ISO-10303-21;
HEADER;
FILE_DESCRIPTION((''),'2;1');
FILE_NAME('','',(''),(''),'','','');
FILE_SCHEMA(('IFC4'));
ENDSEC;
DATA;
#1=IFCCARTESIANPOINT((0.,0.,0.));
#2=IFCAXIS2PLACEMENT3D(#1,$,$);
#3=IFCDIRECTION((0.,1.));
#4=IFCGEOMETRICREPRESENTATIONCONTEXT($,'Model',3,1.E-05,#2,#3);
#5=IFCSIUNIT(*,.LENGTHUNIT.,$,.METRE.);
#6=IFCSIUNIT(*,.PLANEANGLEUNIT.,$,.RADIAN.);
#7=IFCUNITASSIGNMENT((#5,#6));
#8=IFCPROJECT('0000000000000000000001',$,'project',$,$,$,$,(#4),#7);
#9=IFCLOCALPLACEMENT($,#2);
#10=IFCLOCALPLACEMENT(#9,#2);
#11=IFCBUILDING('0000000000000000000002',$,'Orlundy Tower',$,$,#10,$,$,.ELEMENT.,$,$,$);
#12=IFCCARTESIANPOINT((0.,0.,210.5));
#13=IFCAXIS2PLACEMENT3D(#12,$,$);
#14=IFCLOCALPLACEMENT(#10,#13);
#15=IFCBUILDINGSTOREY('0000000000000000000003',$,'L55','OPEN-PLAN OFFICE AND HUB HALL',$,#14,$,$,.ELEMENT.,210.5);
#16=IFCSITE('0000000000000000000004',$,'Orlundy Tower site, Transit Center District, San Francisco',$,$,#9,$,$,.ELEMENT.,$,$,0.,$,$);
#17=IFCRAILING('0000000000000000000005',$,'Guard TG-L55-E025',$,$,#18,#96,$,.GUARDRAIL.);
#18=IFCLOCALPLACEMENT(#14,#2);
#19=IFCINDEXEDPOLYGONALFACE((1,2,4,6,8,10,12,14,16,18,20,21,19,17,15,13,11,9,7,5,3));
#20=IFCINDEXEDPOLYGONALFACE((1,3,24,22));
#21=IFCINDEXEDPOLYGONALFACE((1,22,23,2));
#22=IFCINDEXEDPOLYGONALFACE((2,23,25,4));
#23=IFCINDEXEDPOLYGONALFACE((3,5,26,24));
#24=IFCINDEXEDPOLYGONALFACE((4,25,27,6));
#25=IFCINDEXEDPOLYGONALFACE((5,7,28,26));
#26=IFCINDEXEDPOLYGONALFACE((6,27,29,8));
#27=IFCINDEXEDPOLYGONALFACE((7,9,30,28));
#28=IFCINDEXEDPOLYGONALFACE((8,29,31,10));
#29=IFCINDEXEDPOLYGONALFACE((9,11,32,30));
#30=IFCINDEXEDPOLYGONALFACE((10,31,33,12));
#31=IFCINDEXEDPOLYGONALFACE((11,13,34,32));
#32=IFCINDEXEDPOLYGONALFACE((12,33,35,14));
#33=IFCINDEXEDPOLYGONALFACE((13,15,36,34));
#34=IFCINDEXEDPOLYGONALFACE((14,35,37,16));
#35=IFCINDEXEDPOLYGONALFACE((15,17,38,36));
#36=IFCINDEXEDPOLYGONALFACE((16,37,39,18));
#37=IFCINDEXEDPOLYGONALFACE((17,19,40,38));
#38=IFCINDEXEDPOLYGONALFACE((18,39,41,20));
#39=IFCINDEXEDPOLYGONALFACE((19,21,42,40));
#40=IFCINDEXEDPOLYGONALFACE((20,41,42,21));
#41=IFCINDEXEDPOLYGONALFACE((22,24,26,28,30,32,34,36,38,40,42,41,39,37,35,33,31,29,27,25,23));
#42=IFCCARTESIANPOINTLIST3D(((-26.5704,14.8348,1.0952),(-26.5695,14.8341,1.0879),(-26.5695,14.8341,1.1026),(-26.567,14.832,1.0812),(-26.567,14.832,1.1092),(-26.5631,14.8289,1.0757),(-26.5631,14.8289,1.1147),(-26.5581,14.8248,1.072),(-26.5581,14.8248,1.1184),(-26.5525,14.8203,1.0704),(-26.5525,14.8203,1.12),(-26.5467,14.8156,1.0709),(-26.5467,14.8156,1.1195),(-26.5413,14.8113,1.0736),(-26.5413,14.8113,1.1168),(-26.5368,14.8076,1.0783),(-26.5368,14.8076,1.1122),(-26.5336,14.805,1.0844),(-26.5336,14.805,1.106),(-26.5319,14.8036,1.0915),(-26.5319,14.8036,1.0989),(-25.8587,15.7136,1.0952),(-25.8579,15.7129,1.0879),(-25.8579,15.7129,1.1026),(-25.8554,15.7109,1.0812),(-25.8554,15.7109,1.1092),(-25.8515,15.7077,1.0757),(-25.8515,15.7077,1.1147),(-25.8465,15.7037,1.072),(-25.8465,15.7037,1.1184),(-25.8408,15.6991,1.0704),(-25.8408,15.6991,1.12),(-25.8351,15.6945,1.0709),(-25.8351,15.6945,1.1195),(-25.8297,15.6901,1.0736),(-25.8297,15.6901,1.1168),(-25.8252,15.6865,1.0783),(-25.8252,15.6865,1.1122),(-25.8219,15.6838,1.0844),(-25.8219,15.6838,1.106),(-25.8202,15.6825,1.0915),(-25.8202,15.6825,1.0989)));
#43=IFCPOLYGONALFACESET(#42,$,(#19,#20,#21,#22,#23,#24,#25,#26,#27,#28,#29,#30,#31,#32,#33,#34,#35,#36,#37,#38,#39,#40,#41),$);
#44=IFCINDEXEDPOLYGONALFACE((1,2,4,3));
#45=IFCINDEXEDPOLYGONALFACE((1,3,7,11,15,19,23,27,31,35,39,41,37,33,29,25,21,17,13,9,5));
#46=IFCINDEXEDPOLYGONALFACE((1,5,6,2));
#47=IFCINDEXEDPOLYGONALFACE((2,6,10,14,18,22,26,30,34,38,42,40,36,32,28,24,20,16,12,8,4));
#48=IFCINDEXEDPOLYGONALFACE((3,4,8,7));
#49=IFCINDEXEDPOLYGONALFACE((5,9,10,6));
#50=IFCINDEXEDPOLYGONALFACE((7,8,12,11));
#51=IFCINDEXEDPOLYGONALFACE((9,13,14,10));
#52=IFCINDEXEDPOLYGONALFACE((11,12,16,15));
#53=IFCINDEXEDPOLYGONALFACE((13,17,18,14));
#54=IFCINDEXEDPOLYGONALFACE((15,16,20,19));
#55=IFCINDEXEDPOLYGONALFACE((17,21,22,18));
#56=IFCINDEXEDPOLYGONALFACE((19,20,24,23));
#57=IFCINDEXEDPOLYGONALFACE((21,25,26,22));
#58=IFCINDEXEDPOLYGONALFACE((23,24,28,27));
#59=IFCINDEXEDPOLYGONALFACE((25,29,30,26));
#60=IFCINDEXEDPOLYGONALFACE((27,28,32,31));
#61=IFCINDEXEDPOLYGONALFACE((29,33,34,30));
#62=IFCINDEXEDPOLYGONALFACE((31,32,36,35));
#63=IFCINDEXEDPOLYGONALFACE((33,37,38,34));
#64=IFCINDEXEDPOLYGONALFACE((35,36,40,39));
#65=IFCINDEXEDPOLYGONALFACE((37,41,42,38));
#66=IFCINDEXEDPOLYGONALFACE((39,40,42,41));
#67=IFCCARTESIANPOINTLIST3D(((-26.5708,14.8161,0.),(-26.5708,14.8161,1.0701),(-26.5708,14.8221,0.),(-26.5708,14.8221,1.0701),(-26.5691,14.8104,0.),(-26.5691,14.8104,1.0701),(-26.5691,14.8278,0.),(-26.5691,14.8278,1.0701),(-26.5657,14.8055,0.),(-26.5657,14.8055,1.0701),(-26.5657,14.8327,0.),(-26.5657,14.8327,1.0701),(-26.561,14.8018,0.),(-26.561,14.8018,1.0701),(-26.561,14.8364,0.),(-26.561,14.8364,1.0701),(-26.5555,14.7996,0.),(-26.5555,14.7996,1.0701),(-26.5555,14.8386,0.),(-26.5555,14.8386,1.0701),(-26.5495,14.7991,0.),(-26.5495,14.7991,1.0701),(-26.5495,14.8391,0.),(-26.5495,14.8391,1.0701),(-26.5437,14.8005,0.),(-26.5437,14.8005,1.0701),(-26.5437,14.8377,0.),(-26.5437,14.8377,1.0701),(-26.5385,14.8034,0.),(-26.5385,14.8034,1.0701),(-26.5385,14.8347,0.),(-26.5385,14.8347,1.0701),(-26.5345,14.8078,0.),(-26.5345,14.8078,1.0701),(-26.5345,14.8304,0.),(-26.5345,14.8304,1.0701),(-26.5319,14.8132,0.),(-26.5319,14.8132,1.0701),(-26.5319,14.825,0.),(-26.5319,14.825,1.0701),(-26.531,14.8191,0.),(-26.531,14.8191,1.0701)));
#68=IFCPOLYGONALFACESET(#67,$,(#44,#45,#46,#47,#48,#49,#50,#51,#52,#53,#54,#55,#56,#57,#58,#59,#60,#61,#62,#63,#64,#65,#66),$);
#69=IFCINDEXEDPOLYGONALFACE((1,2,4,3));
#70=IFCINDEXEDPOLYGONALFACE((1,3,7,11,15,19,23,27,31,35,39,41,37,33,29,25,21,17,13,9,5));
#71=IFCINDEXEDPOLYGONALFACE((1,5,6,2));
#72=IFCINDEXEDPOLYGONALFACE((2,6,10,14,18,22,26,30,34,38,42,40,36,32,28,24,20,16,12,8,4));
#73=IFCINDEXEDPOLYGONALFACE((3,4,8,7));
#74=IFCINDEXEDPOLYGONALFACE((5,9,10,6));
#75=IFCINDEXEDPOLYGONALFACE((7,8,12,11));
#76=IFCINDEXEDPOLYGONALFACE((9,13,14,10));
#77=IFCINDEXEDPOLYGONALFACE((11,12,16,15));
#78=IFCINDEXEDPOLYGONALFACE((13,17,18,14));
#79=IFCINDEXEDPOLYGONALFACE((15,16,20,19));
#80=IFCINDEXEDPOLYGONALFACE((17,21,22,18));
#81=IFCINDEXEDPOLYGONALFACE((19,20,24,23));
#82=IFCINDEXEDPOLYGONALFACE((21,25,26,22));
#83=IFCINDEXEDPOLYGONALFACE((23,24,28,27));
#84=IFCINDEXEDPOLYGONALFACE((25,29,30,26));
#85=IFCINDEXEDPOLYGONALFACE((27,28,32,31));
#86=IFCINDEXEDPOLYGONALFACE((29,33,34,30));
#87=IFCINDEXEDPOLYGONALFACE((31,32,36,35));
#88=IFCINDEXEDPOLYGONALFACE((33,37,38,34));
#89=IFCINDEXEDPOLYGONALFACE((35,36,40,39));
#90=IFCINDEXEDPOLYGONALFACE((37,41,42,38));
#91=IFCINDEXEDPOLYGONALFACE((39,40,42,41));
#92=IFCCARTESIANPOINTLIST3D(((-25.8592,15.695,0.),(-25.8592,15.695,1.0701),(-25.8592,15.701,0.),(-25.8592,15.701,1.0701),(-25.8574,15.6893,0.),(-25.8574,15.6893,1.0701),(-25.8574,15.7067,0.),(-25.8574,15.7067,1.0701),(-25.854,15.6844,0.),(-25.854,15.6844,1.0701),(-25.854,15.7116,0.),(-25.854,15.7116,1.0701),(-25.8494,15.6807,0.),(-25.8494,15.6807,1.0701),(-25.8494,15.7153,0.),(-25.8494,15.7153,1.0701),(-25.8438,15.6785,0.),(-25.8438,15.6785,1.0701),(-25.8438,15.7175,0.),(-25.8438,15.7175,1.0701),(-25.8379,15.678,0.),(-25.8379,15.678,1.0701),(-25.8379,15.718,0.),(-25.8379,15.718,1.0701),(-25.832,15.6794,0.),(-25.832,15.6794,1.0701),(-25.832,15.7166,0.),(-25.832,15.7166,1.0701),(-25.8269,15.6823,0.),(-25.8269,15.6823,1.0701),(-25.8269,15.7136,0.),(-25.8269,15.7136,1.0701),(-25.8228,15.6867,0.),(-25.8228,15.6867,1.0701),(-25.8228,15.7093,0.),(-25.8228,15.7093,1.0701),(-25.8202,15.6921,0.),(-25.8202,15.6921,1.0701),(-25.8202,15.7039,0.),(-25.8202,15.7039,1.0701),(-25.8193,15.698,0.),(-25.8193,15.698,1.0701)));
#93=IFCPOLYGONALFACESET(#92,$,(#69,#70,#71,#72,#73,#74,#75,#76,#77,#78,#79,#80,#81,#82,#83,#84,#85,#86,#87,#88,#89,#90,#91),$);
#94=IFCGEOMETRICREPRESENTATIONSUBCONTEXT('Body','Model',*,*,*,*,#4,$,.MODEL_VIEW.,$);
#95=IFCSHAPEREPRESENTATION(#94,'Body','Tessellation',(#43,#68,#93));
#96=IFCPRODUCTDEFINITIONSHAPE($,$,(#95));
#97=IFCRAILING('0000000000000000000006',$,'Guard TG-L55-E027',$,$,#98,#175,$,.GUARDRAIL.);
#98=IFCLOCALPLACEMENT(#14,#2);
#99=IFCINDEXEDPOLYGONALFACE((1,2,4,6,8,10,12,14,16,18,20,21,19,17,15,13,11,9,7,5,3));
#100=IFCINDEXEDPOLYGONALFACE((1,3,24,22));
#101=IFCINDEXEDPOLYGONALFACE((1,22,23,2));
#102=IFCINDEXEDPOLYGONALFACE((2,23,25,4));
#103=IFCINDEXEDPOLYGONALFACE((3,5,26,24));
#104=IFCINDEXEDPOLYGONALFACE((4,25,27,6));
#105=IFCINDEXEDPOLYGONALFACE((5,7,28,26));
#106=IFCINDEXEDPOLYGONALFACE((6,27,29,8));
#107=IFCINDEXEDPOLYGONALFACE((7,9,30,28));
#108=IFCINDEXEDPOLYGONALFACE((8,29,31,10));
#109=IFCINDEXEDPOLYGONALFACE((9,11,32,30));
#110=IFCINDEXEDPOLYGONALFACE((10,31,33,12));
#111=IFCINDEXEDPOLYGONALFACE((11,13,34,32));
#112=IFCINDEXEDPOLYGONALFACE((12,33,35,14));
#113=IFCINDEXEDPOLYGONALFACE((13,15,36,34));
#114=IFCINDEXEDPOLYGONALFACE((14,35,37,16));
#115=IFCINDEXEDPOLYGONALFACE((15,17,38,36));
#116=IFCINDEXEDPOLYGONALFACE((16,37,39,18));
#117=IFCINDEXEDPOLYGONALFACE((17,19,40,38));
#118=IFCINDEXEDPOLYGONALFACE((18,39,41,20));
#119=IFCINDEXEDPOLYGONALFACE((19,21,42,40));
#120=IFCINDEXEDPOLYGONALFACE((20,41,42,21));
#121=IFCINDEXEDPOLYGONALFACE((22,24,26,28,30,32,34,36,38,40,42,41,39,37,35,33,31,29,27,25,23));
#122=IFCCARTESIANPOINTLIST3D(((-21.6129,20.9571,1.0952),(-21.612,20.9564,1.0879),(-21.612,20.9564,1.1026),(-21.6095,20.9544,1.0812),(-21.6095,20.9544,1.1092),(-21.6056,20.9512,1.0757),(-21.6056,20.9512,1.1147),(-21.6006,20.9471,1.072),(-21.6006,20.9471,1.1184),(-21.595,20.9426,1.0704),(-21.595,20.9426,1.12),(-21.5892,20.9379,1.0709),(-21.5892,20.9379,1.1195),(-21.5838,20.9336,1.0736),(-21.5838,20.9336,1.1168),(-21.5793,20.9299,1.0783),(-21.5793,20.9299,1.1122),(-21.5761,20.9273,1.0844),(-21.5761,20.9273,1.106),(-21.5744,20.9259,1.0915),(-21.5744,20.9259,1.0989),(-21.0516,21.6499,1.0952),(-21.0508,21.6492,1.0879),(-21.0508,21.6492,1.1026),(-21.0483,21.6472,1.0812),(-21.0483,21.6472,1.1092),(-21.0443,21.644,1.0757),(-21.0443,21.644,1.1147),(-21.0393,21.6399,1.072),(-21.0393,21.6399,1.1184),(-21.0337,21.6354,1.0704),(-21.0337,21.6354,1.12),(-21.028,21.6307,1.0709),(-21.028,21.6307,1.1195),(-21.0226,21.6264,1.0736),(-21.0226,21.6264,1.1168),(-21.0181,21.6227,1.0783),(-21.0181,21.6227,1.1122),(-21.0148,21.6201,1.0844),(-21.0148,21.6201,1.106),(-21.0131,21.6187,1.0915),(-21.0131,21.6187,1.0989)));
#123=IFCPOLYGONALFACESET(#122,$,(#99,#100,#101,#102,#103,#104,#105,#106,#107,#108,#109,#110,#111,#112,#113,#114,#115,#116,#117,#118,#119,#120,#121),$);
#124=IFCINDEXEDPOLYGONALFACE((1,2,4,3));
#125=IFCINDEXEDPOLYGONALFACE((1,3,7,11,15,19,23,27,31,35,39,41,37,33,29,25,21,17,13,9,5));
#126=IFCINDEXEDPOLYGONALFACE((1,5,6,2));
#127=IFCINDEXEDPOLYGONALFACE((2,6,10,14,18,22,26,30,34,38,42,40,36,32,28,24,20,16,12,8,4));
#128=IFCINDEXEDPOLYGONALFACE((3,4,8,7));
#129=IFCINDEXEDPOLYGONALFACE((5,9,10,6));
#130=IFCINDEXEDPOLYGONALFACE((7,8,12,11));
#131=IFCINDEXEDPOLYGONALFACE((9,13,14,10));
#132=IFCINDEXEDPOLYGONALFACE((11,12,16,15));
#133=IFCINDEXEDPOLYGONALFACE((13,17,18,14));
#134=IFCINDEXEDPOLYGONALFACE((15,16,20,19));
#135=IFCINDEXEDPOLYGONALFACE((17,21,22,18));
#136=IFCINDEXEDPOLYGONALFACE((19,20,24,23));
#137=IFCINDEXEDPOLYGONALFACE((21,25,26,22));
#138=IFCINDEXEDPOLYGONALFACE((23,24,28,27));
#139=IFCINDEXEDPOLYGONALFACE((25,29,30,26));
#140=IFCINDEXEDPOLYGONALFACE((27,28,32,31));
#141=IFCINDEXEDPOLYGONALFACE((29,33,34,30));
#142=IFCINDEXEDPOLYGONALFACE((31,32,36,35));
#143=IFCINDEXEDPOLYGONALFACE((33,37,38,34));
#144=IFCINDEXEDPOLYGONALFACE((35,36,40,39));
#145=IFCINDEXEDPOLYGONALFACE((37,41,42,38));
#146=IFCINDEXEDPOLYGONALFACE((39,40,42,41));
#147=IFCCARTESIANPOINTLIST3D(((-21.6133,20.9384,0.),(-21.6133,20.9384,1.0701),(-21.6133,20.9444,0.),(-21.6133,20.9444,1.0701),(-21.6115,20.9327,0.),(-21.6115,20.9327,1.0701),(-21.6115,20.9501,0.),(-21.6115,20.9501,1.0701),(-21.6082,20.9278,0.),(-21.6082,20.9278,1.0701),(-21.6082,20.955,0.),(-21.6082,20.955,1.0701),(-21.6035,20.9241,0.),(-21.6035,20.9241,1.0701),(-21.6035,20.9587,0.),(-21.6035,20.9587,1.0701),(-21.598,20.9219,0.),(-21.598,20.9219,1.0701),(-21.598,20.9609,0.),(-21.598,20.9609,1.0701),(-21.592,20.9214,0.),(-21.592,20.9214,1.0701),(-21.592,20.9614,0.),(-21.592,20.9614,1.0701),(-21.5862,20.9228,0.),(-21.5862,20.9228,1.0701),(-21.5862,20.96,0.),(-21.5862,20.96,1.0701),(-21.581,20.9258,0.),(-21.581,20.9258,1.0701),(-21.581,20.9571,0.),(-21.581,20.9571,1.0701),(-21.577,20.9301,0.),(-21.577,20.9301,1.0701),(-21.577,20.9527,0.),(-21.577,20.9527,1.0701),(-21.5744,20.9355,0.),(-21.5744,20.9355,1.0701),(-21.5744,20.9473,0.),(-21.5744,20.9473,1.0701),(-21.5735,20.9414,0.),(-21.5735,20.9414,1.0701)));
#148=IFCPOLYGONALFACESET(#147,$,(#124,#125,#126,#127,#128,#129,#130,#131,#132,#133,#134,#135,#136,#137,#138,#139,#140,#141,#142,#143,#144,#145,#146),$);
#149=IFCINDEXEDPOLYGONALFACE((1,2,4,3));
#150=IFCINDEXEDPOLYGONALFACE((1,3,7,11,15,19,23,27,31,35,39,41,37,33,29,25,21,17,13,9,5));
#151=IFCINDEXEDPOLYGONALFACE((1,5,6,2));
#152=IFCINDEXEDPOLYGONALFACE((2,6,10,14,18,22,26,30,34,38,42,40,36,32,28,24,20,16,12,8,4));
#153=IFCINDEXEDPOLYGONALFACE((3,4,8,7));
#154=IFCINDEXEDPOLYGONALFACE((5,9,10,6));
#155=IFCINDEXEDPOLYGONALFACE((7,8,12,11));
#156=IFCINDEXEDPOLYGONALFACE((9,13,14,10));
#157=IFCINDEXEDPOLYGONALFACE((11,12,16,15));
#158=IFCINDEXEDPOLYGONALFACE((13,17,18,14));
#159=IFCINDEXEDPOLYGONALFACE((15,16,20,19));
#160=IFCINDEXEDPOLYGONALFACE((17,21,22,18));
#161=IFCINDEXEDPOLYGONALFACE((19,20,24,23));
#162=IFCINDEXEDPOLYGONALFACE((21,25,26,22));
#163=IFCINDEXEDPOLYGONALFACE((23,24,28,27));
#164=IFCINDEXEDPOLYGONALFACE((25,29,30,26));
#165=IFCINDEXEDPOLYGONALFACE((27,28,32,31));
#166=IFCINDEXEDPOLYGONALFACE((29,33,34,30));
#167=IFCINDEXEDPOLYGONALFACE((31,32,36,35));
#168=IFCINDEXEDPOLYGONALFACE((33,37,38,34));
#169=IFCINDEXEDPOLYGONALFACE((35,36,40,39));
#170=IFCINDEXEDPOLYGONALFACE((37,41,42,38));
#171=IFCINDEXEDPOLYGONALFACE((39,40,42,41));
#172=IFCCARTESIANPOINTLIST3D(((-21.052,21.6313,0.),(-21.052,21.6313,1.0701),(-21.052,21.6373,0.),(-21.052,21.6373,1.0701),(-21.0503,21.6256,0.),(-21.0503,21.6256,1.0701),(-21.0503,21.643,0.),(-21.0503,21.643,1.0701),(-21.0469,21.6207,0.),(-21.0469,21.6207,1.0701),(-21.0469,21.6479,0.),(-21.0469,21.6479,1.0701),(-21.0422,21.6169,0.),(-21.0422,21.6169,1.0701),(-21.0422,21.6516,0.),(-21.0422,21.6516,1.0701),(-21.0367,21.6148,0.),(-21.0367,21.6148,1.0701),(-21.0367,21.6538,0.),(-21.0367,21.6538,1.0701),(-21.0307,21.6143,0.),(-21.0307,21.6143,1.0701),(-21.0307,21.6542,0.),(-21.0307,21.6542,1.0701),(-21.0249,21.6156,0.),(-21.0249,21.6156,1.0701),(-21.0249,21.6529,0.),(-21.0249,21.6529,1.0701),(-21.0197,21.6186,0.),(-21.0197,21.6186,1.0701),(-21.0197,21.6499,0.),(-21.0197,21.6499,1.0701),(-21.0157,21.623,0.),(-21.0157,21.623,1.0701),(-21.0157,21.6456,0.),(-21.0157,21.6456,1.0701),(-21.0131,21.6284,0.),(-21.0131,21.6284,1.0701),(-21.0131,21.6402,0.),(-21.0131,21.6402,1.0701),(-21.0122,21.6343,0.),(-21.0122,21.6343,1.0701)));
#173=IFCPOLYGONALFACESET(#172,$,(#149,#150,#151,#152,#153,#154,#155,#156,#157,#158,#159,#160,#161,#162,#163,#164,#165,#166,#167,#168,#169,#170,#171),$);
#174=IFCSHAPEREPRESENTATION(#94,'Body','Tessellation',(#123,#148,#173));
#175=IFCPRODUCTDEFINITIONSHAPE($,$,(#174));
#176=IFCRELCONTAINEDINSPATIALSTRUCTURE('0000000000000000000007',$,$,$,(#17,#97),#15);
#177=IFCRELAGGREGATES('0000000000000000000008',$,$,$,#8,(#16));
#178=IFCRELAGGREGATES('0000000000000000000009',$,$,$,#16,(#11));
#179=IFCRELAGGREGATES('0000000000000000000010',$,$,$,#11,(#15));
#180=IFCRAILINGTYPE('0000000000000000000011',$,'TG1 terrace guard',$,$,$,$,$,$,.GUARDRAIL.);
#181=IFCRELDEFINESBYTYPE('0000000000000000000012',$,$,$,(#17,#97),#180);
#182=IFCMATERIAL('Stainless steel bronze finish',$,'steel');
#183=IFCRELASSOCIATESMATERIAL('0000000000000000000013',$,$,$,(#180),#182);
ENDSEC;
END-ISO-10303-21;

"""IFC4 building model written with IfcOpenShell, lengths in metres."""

from ifc_helpers import new_model, si_unit, direction, frame, origin, origin_2d, place, context, subcontext, project, spatial, circle, extrude, material, type_object, element, save


model = new_model("IFC4")

# Units and contexts
model_context = context("Model", 3, precision=1e-05, world=origin(), true_north=direction((0.0, 1.0)))
body_context = subcontext(model_context, "Body", "Model", "MODEL_VIEW")
ifc_project = project(units=[si_unit("LENGTHUNIT", "METRE"), si_unit("PLANEANGLEUNIT", "RADIAN")], contexts=[model_context])

# Site, building, storey
site_placement = place(None, origin())
site = spatial("IfcSite", under=ifc_project, at=site_placement, Name="Orlundy Tower site, Transit Center District, San Francisco", CompositionType="ELEMENT", RefElevation=0.0)
building_placement = place(site_placement, origin())
building = spatial("IfcBuilding", under=site, at=building_placement, Name="Orlundy Tower", CompositionType="ELEMENT")
storey_placement = place(building_placement, frame((0.0, 0.0, 210.5)))
storey = spatial("IfcBuildingStorey", under=building, at=storey_placement, Name="L55", Description="OPEN-PLAN OFFICE AND HUB HALL", CompositionType="ELEMENT", Elevation=210.5)

# Railings
ifc_material_1 = material(Name="Stainless steel bronze finish", Category="steel")
railing_type = type_object("IfcRailingType", Name="TG1 terrace guard", PredefinedType="GUARDRAIL", material=ifc_material_1)
railing_1_placement = place(storey_placement, frame((-26.551, 14.8191, 0.0)))
element("IfcRailing", 1, at=railing_1_placement, inside=storey, type_object=railing_type, Name="Guard TG-L55-E025", PredefinedType="GUARDRAIL", context=body_context, shape_type="SweptSolid", body=[
    extrude(circle(Radius=0.0249, at=origin_2d()), frame((0.0, 0.0, 1.0952), z_axis=(0.629291, 0.777169, 0.0), x_axis=(-0.777169, 0.629291, 0.0)), (0.0, 0.0, 1.0), 1.1309),
    extrude(circle(Radius=0.02, at=origin_2d()), origin(), (0.0, 0.0, 1.0), 1.0701),
    extrude(circle(Radius=0.02, at=origin_2d()), frame((0.7117, 0.8789, 0.0)), (0.0, 0.0, 1.0), 1.0701),
])
railing_2_placement = place(storey_placement, frame((-21.5935, 20.9414, 0.0)))
element("IfcRailing", 2, at=railing_2_placement, inside=storey, type_object=railing_type, Name="Guard TG-L55-E027", PredefinedType="GUARDRAIL", context=body_context, shape_type="SweptSolid", body=[
    extrude(circle(Radius=0.0249, at=origin_2d()), frame((0.0, 0.0, 1.0952), z_axis=(0.629458, 0.777034, 0.0), x_axis=(-0.777034, 0.629458, 0.0)), (0.0, 0.0, 1.0), 0.8916),
    extrude(circle(Radius=0.02, at=origin_2d()), origin(), (0.0, 0.0, 1.0), 1.0701),
    extrude(circle(Radius=0.02, at=origin_2d()), frame((0.5613, 0.6929, 0.0)), (0.0, 0.0, 1.0), 1.0701),
])

save(model, "model.ifc")
